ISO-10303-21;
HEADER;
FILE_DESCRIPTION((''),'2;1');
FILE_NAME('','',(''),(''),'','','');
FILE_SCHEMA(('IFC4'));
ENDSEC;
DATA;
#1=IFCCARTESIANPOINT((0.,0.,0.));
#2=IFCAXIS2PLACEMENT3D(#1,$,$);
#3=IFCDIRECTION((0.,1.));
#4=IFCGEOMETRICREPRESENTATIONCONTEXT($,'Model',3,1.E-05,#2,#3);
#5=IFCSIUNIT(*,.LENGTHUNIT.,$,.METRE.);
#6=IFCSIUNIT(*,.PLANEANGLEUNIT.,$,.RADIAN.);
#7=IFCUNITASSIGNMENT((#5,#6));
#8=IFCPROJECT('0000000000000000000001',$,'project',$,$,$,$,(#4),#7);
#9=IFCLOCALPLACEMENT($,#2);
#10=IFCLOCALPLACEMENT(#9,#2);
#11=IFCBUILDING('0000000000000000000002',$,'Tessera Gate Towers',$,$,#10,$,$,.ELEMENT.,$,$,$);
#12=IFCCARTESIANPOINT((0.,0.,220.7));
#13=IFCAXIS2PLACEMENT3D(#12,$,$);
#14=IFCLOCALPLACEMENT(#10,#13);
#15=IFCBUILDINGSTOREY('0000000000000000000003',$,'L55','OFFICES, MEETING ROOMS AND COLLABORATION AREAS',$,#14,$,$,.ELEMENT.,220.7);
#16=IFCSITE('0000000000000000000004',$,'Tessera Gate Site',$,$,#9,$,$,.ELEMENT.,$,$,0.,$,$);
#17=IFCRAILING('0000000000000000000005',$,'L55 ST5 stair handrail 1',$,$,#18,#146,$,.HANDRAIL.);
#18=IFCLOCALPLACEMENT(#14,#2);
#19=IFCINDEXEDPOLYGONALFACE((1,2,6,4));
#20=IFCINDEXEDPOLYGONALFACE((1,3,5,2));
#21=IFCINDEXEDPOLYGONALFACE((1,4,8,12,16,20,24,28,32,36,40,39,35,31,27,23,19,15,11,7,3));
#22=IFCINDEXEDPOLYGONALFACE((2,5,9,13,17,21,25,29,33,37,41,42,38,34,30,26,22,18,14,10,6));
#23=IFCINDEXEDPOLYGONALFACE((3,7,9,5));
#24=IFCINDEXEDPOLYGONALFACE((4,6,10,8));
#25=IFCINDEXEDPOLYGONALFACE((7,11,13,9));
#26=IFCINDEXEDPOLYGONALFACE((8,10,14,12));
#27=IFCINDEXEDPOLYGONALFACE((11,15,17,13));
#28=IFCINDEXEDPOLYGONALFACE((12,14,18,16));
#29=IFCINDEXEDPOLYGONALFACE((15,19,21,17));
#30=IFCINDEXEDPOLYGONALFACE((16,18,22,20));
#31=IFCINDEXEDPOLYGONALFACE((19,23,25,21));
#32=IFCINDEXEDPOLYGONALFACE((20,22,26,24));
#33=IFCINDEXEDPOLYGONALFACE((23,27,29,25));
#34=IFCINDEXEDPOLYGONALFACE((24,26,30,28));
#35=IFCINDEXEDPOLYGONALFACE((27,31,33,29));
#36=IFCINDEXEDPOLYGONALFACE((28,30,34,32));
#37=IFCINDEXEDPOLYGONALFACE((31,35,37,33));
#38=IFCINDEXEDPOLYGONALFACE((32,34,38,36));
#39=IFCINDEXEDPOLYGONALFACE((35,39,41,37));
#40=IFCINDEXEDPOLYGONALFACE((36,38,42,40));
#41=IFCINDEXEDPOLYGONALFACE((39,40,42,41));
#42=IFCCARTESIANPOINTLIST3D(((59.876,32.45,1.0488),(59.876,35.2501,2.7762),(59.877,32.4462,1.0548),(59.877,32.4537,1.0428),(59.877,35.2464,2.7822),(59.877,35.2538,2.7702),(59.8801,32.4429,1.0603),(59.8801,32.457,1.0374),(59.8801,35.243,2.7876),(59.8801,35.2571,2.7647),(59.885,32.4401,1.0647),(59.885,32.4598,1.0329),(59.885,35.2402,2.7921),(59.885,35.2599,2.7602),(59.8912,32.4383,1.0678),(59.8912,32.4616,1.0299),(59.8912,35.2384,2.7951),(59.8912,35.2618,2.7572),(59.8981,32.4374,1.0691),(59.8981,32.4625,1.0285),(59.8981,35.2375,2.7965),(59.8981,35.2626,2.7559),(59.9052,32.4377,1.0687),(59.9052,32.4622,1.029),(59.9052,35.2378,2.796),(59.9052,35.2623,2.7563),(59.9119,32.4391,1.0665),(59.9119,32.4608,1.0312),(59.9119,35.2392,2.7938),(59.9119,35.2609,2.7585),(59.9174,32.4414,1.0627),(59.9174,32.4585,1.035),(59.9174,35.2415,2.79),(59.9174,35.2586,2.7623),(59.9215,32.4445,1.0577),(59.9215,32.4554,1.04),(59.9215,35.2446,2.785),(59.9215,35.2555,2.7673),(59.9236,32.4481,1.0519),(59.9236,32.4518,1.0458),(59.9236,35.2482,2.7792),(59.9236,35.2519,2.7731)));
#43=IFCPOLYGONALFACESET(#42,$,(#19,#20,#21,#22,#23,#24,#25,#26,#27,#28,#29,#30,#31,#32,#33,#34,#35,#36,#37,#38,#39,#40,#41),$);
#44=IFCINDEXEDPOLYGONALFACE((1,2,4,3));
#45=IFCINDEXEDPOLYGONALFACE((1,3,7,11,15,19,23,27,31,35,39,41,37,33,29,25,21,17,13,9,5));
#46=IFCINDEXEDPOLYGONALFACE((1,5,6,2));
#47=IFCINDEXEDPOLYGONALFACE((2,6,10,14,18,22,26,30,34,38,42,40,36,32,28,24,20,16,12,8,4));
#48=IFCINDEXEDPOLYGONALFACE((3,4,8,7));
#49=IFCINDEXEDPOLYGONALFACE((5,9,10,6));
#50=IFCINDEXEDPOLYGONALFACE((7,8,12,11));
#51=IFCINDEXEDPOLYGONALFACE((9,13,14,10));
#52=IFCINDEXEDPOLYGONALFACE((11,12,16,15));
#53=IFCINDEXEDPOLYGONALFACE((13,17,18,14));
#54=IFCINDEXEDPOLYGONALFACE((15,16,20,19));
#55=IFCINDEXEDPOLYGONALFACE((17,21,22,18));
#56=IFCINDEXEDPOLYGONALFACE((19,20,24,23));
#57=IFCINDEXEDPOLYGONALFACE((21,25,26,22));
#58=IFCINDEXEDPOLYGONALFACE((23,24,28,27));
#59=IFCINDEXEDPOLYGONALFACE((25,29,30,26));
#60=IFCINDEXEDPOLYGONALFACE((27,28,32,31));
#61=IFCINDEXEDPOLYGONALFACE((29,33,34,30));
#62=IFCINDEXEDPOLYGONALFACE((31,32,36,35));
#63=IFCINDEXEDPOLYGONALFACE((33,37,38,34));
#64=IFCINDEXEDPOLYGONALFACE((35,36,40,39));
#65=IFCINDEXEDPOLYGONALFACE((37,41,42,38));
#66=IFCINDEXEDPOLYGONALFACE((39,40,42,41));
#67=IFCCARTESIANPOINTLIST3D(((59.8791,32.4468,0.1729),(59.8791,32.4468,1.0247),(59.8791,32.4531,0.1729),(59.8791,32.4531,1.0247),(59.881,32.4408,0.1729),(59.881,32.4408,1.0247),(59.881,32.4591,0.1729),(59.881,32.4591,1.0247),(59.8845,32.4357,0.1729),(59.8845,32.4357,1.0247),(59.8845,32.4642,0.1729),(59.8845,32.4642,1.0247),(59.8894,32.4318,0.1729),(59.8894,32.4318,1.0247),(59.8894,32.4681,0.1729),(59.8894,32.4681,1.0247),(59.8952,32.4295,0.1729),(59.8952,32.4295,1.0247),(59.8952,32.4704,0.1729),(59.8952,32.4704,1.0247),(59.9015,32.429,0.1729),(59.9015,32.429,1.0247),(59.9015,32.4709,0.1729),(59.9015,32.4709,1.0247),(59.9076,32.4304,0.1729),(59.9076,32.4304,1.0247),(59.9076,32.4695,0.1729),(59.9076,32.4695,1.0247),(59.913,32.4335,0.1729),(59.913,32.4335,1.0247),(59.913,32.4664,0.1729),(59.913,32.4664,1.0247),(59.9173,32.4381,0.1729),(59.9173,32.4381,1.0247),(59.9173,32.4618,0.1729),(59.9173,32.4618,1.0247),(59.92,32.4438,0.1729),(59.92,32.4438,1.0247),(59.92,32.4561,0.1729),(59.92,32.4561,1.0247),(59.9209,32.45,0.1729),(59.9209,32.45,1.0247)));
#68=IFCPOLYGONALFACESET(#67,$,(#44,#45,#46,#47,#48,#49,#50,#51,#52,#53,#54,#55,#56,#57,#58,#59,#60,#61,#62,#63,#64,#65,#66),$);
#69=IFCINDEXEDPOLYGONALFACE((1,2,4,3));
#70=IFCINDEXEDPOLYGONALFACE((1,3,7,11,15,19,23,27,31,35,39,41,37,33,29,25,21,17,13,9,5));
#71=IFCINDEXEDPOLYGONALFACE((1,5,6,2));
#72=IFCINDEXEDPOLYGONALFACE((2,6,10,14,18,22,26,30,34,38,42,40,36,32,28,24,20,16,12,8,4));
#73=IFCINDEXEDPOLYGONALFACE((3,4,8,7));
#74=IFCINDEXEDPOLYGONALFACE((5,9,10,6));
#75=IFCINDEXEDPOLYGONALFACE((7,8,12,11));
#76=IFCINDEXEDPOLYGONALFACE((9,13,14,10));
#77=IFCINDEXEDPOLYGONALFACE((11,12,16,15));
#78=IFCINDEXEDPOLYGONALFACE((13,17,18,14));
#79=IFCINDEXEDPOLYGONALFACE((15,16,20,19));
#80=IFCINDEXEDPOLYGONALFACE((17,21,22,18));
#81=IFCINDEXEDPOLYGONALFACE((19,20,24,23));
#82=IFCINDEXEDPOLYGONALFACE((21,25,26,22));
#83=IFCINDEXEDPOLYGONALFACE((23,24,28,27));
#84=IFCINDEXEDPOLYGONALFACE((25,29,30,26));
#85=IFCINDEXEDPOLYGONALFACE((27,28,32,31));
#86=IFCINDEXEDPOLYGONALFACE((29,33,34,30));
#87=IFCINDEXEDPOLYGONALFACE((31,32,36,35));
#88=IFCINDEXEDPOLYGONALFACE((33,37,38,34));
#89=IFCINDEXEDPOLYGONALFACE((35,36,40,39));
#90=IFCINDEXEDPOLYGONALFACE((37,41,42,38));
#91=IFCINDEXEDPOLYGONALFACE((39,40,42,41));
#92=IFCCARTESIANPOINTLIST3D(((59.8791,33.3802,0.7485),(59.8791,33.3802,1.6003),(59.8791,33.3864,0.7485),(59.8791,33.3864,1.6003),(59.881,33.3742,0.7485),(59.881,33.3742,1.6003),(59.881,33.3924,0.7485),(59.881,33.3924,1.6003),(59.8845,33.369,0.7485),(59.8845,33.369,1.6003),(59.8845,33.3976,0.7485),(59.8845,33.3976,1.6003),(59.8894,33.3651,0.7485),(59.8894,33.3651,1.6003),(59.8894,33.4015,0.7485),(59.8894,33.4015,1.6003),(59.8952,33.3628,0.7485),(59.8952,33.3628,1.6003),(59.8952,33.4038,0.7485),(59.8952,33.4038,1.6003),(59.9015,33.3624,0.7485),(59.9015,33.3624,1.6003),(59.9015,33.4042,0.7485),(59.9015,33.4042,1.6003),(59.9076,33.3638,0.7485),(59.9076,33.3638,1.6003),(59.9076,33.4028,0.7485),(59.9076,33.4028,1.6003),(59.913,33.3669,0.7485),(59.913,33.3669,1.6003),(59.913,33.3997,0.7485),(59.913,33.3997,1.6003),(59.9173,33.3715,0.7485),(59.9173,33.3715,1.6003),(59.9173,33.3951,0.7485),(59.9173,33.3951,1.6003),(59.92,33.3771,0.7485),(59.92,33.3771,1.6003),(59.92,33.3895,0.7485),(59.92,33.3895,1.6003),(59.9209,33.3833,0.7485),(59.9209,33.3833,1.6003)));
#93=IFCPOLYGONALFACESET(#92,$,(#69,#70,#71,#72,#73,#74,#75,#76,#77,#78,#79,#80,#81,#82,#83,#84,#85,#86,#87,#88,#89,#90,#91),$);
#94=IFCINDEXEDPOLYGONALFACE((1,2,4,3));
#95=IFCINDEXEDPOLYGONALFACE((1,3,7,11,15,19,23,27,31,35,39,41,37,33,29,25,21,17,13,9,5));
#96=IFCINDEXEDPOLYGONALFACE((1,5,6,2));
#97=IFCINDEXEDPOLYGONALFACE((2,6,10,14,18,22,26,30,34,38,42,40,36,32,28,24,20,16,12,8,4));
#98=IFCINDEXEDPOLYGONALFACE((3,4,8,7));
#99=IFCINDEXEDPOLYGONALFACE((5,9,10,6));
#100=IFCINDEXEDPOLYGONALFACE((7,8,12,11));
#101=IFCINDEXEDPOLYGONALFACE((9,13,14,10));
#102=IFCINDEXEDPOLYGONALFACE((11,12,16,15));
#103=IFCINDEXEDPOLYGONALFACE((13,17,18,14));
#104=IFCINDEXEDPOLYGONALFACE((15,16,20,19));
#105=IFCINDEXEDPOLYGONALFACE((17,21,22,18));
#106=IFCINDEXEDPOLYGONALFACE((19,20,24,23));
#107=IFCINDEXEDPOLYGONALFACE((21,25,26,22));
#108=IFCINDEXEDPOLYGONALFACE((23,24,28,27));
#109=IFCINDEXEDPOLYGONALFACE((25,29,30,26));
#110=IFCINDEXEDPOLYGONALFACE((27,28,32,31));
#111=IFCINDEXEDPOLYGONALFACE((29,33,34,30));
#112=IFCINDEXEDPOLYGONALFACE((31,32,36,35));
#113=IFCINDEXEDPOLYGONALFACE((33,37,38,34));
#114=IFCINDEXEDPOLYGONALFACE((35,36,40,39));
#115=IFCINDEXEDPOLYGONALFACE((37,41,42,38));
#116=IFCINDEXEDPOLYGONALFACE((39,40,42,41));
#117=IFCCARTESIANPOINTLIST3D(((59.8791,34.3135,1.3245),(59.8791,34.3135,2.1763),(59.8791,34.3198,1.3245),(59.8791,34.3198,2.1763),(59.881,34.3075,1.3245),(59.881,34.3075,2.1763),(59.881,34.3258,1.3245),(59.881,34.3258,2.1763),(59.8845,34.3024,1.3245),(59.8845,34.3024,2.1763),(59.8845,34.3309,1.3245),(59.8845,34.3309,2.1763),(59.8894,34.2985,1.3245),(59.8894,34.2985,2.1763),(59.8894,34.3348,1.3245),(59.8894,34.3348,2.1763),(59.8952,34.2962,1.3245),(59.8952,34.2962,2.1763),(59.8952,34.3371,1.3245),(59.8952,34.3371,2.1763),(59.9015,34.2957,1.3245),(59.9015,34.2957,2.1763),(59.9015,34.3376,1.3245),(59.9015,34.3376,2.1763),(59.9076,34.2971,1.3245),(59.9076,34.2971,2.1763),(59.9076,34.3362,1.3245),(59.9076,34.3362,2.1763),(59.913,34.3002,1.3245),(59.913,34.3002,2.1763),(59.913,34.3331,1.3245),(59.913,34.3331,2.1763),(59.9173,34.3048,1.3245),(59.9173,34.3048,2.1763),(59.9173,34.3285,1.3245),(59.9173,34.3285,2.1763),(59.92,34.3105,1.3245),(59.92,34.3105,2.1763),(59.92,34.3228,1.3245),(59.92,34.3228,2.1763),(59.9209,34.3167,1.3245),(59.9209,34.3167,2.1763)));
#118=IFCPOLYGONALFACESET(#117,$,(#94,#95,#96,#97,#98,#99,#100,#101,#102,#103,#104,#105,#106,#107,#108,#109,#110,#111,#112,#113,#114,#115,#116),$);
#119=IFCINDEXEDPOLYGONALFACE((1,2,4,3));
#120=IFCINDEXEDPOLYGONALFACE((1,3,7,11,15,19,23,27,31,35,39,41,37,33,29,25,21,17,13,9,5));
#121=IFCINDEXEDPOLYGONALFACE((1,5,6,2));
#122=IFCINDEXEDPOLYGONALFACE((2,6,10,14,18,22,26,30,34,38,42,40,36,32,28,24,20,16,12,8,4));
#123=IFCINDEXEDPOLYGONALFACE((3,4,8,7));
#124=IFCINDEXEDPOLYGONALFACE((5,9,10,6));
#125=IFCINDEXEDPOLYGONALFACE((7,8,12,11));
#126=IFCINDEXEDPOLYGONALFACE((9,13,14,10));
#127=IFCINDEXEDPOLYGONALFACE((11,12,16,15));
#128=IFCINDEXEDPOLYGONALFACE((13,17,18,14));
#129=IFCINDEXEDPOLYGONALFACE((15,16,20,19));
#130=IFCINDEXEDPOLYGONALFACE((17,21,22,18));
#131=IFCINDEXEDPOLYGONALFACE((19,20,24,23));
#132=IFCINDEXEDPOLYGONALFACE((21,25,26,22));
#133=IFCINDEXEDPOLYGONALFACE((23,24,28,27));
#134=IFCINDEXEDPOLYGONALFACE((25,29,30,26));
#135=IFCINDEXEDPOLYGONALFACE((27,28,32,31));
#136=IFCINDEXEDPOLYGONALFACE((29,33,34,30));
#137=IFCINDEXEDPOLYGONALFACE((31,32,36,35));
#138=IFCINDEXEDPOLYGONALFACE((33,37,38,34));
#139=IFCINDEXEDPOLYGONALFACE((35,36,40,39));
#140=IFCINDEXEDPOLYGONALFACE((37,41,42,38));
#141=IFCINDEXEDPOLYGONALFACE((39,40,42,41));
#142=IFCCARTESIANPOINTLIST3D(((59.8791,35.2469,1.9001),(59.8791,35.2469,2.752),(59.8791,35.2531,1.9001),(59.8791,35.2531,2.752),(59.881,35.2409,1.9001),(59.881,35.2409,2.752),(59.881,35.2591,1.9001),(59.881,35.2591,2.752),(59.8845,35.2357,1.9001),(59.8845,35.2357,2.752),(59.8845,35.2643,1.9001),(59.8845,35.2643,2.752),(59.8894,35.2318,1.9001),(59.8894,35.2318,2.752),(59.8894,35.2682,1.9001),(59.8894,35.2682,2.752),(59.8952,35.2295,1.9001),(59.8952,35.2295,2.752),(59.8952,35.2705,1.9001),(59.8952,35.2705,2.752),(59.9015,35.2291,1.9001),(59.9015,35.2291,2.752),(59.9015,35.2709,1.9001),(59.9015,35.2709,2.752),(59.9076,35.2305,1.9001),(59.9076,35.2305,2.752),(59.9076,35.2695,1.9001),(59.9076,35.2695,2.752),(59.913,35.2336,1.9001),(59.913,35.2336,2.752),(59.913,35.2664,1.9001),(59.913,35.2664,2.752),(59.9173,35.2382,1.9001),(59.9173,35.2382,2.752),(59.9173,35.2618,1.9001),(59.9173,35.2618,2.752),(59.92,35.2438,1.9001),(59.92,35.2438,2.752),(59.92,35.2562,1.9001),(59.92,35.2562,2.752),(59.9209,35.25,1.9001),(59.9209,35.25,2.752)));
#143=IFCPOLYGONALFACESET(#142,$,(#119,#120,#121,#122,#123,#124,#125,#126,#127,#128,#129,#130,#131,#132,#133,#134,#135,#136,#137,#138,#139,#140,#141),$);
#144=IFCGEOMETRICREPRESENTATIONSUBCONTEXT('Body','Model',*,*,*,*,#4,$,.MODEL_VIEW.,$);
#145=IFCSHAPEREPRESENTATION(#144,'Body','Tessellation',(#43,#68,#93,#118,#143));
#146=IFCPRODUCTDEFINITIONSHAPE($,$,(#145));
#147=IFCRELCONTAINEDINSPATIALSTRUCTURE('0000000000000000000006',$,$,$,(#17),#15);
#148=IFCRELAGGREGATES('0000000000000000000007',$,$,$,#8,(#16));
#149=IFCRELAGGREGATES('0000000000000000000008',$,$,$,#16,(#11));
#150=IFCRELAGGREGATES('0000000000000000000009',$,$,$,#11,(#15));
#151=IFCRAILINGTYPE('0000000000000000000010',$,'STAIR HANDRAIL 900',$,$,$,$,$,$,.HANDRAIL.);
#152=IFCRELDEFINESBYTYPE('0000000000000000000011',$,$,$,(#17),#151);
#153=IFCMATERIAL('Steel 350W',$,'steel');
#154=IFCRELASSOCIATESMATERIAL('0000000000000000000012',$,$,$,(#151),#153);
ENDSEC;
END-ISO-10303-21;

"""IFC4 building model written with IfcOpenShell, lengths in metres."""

from ifc_helpers import new_model, si_unit, direction, frame, origin, origin_2d, place, context, subcontext, project, spatial, circle, extrude, material, type_object, element, save


model = new_model("IFC4")

# Units and contexts
model_context = context("Model", 3, precision=1e-05, world=origin(), true_north=direction((0.0, 1.0)))
body_context = subcontext(model_context, "Body", "Model", "MODEL_VIEW")
ifc_project = project(units=[si_unit("LENGTHUNIT", "METRE"), si_unit("PLANEANGLEUNIT", "RADIAN")], contexts=[model_context])

# Site, building, storey
site_placement = place(None, origin())
site = spatial("IfcSite", under=ifc_project, at=site_placement, Name="Tessera Gate Site", CompositionType="ELEMENT", RefElevation=0.0)
building_placement = place(site_placement, origin())
building = spatial("IfcBuilding", under=site, at=building_placement, Name="Tessera Gate Towers", CompositionType="ELEMENT")
storey_placement = place(building_placement, frame((0.0, 0.0, 220.7)))
storey = spatial("IfcBuildingStorey", under=building, at=storey_placement, Name="L55", Description="OFFICES, MEETING ROOMS AND COLLABORATION AREAS", CompositionType="ELEMENT", Elevation=220.7)

# Railing
ifc_material_1 = material(Name="Steel 350W", Category="steel")
railing_type_1 = type_object("IfcRailingType", Name="STAIR HANDRAIL 900", PredefinedType="HANDRAIL", material=ifc_material_1)
railing_1_placement = place(storey_placement, frame((59.8999, 32.45, 0.1729)))
element("IfcRailing", 1, at=railing_1_placement, inside=storey, type_object=railing_type_1, Name="L55 ST5 stair handrail 1", PredefinedType="HANDRAIL", context=body_context, shape_type="SweptSolid", body=[
    extrude(circle(Radius=0.0239, at=origin_2d()), frame((0.0, 0.0, 0.876), z_axis=(0.0, 0.85109, 0.52502), x_axis=(-1.0, 0.0, 0.0)), (0.0, 0.0, 1.0), 3.29),
    extrude(circle(Radius=0.021, at=origin_2d()), origin(), (0.0, 0.0, 1.0), 0.8518),
    extrude(circle(Radius=0.021, at=origin_2d()), frame((0.0, 0.9333, 0.5757)), (0.0, 0.0, 1.0), 0.8518),
    extrude(circle(Radius=0.021, at=origin_2d()), frame((0.0, 1.8667, 1.1516)), (0.0, 0.0, 1.0), 0.8518),
    extrude(circle(Radius=0.021, at=origin_2d()), frame((0.0, 2.8, 1.7273)), (0.0, 0.0, 1.0), 0.8518),
])

save(model, "model.ifc")
